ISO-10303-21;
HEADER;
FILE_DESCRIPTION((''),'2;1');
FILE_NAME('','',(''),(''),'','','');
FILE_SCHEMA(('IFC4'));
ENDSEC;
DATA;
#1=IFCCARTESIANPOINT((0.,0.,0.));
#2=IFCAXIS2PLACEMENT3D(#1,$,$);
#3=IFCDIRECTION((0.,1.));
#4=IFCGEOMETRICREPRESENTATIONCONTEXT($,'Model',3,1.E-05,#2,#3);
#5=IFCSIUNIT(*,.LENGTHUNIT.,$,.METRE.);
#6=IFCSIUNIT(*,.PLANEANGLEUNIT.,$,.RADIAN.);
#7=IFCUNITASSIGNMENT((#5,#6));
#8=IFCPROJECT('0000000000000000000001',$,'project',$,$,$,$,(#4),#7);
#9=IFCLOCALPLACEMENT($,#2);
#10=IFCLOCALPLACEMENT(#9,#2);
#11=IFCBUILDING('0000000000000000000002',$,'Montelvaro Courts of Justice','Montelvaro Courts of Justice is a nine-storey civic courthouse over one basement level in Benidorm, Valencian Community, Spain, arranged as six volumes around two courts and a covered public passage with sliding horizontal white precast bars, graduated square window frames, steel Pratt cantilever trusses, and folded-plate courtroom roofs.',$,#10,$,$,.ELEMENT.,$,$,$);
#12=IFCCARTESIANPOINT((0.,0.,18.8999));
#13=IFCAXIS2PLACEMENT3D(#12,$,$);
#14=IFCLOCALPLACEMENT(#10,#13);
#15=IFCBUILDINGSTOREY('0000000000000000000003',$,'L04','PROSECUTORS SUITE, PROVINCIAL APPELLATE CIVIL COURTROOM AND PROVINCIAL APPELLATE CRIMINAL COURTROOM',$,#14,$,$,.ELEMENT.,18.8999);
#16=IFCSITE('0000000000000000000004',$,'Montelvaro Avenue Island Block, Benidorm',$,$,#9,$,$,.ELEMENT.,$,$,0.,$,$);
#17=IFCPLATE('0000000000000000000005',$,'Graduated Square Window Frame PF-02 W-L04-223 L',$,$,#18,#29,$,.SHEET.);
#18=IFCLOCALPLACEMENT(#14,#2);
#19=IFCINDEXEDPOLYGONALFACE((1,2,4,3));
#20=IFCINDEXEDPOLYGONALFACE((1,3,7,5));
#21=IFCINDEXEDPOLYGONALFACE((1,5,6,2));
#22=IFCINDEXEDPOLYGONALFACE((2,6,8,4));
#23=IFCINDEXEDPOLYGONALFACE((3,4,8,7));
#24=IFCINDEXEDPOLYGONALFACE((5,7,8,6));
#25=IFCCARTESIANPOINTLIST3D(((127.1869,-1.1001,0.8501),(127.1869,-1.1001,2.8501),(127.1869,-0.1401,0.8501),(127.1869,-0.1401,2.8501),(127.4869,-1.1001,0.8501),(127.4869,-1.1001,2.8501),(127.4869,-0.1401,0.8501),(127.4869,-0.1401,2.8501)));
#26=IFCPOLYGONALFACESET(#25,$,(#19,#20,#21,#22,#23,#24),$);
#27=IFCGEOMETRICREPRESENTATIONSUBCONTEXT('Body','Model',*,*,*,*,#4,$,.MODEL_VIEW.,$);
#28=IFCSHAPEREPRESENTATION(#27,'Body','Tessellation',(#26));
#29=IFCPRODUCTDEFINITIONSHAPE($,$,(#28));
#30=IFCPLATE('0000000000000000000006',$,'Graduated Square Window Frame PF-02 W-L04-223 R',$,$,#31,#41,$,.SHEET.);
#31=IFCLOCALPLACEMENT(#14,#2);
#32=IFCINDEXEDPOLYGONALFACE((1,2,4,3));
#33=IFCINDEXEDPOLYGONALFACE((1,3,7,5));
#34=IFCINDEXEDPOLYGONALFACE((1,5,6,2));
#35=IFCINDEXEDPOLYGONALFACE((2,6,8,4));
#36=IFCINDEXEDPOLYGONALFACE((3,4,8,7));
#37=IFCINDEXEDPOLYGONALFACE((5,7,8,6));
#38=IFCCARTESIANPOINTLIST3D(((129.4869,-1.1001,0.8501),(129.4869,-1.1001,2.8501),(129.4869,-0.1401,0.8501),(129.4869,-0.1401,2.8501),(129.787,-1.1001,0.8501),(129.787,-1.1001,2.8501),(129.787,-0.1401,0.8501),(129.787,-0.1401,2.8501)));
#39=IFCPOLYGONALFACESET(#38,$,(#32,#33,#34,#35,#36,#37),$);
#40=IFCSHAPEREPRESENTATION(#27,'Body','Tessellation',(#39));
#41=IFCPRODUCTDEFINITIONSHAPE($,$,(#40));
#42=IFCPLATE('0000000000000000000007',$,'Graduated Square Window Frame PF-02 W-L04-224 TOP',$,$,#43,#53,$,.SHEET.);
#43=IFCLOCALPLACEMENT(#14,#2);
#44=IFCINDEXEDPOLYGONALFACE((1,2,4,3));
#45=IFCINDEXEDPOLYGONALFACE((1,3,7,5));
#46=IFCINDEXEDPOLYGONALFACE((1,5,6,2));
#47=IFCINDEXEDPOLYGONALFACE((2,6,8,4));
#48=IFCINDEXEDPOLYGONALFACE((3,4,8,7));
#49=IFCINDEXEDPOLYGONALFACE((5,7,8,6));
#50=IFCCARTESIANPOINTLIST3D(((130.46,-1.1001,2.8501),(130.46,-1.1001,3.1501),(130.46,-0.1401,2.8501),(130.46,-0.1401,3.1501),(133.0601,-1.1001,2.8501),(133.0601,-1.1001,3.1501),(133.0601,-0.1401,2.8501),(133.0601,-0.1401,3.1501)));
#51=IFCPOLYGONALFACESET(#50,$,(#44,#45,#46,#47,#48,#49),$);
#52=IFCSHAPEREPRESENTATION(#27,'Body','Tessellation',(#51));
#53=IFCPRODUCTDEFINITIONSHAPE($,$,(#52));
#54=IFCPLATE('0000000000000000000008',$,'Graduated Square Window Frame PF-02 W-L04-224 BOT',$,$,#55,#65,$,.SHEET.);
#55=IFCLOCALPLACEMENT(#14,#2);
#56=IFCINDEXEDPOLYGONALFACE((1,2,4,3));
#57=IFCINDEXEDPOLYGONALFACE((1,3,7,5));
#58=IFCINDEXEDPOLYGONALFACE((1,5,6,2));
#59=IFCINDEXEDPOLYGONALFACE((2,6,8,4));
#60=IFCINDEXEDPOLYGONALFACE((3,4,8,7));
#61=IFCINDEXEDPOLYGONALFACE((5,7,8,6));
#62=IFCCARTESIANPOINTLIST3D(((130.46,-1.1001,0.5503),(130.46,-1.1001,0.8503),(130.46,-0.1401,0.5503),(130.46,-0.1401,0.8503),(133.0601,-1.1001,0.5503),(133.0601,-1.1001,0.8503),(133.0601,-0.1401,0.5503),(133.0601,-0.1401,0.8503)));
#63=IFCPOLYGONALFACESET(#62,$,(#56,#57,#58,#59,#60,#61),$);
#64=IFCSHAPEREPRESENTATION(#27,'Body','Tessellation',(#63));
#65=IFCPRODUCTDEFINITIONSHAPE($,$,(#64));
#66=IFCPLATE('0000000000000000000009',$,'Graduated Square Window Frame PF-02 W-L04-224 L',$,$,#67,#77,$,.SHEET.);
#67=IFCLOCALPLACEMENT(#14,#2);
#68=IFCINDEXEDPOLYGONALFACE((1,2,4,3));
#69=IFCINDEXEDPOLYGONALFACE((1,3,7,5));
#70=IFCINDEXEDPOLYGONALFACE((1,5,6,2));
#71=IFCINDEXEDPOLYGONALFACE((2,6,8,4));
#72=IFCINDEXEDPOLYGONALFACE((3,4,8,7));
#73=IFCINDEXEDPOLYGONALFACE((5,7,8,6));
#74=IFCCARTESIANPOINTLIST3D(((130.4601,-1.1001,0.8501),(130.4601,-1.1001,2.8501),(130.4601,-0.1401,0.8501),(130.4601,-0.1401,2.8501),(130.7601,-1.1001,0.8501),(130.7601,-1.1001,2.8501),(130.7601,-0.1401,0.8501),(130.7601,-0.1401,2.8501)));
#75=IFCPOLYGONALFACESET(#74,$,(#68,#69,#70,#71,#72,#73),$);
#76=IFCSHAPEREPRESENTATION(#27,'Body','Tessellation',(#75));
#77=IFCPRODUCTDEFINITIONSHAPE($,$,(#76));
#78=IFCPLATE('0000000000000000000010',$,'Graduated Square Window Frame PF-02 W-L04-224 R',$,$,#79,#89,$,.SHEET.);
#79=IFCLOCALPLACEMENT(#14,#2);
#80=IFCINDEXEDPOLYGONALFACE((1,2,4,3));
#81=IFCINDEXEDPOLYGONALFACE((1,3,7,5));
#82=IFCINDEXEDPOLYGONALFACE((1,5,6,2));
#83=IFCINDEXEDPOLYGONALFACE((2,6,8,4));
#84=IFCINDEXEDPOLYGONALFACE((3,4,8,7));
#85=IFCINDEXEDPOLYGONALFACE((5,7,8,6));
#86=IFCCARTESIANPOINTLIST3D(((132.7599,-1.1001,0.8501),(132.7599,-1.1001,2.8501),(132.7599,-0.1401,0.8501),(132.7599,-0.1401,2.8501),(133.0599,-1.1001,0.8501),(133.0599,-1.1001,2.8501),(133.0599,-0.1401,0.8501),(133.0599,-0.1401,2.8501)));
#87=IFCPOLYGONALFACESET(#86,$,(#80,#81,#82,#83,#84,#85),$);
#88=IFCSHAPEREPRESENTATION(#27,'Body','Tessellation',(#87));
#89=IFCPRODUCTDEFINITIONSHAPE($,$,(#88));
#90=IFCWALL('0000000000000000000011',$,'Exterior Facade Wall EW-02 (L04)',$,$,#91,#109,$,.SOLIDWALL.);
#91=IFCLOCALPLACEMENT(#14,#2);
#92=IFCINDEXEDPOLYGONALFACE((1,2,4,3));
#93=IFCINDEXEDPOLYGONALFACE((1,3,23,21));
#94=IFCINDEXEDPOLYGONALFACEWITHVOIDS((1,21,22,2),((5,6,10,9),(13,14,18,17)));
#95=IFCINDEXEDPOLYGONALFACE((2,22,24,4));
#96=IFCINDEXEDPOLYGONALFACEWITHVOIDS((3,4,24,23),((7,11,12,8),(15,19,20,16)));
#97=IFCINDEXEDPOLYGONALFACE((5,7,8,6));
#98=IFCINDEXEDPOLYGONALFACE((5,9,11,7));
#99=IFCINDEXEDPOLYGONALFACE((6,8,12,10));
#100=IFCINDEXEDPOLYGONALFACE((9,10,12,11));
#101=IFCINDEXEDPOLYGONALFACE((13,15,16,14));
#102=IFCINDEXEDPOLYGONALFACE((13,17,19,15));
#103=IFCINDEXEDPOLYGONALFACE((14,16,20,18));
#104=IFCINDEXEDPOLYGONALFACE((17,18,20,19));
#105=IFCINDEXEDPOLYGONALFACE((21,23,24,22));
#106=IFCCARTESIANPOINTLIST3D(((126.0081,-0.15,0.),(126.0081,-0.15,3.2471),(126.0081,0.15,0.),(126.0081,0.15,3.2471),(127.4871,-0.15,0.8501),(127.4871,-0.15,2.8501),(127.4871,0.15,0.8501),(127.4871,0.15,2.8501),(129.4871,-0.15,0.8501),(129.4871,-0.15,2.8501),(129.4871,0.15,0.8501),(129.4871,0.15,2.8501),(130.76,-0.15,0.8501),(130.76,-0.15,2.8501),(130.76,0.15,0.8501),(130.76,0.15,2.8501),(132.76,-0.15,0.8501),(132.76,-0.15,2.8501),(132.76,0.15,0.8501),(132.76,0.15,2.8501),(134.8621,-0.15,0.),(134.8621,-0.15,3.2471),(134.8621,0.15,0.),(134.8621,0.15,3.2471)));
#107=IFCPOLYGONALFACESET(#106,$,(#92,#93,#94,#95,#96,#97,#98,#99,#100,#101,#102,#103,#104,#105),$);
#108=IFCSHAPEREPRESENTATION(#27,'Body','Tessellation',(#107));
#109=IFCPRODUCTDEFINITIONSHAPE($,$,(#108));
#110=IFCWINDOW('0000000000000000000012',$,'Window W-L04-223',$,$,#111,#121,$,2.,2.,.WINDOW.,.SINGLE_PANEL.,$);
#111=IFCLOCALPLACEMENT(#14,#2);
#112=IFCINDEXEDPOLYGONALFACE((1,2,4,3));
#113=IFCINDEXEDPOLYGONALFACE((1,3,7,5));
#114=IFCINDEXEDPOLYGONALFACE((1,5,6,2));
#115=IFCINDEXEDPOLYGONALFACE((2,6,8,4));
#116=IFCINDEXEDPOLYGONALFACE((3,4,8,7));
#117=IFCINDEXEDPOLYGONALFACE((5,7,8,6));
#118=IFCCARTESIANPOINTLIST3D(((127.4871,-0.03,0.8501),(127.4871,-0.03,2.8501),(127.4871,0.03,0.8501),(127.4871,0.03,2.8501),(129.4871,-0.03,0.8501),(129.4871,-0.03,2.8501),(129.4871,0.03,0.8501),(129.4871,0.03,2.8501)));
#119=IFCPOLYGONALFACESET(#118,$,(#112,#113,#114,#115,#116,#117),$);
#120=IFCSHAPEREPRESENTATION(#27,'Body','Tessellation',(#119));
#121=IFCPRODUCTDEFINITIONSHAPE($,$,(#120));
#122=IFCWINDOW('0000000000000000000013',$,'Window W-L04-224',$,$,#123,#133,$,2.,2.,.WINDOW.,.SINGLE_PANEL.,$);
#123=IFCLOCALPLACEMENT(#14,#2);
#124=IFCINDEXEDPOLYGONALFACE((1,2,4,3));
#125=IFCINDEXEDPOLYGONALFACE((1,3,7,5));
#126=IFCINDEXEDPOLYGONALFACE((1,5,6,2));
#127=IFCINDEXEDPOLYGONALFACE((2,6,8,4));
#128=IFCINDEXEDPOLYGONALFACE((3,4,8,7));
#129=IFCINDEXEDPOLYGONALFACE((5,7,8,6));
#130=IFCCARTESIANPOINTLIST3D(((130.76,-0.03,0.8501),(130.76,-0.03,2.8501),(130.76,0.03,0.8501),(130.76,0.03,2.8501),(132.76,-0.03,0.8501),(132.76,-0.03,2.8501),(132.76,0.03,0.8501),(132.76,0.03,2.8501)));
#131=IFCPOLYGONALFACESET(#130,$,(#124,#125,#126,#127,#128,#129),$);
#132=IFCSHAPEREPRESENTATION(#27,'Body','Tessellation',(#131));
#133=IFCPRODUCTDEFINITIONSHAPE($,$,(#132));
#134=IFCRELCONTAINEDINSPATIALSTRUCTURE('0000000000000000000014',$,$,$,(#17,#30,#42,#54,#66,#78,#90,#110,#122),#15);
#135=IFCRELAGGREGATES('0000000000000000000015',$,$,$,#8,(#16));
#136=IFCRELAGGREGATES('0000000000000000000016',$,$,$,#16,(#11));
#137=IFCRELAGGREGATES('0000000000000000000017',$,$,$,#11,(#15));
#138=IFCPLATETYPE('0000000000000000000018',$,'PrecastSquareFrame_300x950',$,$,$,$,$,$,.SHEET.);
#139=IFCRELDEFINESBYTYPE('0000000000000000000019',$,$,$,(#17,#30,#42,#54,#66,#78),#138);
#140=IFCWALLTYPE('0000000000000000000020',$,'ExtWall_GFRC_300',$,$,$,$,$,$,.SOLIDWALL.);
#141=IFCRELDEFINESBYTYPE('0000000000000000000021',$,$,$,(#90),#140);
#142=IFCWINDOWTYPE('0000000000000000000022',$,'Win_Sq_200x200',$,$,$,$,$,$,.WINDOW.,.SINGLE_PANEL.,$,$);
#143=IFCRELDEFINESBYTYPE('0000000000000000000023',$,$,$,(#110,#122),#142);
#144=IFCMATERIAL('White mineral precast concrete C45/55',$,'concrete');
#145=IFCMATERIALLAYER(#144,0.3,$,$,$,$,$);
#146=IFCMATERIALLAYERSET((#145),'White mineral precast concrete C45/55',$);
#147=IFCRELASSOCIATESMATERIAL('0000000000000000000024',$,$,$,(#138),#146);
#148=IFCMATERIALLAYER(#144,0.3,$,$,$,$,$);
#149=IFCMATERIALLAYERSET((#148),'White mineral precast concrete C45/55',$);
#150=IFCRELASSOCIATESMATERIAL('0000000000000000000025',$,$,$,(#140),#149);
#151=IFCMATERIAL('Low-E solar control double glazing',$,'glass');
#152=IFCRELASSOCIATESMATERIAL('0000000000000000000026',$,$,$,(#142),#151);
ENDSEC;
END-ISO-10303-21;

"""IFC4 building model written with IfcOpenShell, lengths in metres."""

from ifc_helpers import new_model, si_unit, direction, frame, frame_2d, origin, origin_2d, place, context, subcontext, project, spatial, rectangle, extrude, material, layer, layer_set, type_object, element, fill, save


model = new_model("IFC4")

# Units and contexts
model_context = context("Model", 3, precision=1e-05, world=origin(), true_north=direction((0.0, 1.0)))
body_context = subcontext(model_context, "Body", "Model", "MODEL_VIEW")
ifc_project = project(units=[si_unit("LENGTHUNIT", "METRE"), si_unit("PLANEANGLEUNIT", "RADIAN")], contexts=[model_context])

# Site, building, storey
site_placement = place(None, origin())
site = spatial("IfcSite", under=ifc_project, at=site_placement, Name="Montelvaro Avenue Island Block, Benidorm", CompositionType="ELEMENT", RefElevation=0.0)
building_placement = place(site_placement, origin())
building = spatial("IfcBuilding", under=site, at=building_placement, Name="Montelvaro Courts of Justice", Description="Montelvaro Courts of Justice is a nine-storey civic courthouse over one basement level in Benidorm, Valencian Community, Spain, arranged as six volumes around two courts and a covered public passage with sliding horizontal white precast bars, graduated square window frames, steel Pratt cantilever trusses, and folded-plate courtroom roofs.", CompositionType="ELEMENT")
storey_placement = place(building_placement, frame((0.0, 0.0, 18.8999)))
storey = spatial("IfcBuildingStorey", under=building, at=storey_placement, Name="L04", Description="PROSECUTORS SUITE, PROVINCIAL APPELLATE CIVIL COURTROOM AND PROVINCIAL APPELLATE CRIMINAL COURTROOM", CompositionType="ELEMENT", Elevation=18.8999)

# Plates
ifc_material_1 = material(Name="White mineral precast concrete C45/55", Category="concrete")
ifc_layer_1 = layer(ifc_material_1, 0.3)
ifc_layer_set_1 = layer_set([ifc_layer_1], Name="White mineral precast concrete C45/55")
plate_type_1 = type_object("IfcPlateType", Name="PrecastSquareFrame_300x950", PredefinedType="SHEET", material=ifc_layer_set_1)
for number, where, z_axis, x_axis, name in (
    (1, (127.3369, -0.6201, 0.8501), (0.0, 0.0, 1.0), (1.0, 0.0, 0.0), "Graduated Square Window Frame PF-02 W-L04-223 L"),
    (2, (129.637, -0.6201, 0.8501), (0.0, 0.0, 1.0), (1.0, 0.0, 0.0), "Graduated Square Window Frame PF-02 W-L04-223 R"),
):
    element("IfcPlate", number, at=place(storey_placement, frame(where, z_axis=z_axis, x_axis=x_axis)), inside=storey, type_object=plate_type_1, Name=name, PredefinedType="SHEET", context=body_context, shape_type="SweptSolid", body=[
        extrude(rectangle(XDim=0.3, YDim=0.96, at=origin_2d()), origin(), (0.0, 0.0, 1.0), 2.0),
    ])
for number, where, z_axis, x_axis, name in (
    (3, (131.76, -0.6201, 2.8501), (0.0, 0.0, 1.0), (1.0, 0.0, 0.0), "Graduated Square Window Frame PF-02 W-L04-224 TOP"),
    (4, (131.76, -0.6201, 0.5503), (0.0, 0.0, 1.0), (1.0, 0.0, 0.0), "Graduated Square Window Frame PF-02 W-L04-224 BOT"),
):
    element("IfcPlate", number, at=place(storey_placement, frame(where, z_axis=z_axis, x_axis=x_axis)), inside=storey, type_object=plate_type_1, Name=name, PredefinedType="SHEET", context=body_context, shape_type="SweptSolid", body=[
        extrude(rectangle(XDim=2.6001, YDim=0.96, at=origin_2d()), origin(), (0.0, 0.0, 1.0), 0.3),
    ])
for number, where, z_axis, x_axis, name in (
    (5, (130.6101, -0.6201, 0.8501), (0.0, 0.0, 1.0), (1.0, 0.0, 0.0), "Graduated Square Window Frame PF-02 W-L04-224 L"),
    (6, (132.9099, -0.6201, 0.8501), (0.0, 0.0, 1.0), (1.0, 0.0, 0.0), "Graduated Square Window Frame PF-02 W-L04-224 R"),
):
    element("IfcPlate", number, at=place(storey_placement, frame(where, z_axis=z_axis, x_axis=x_axis)), inside=storey, type_object=plate_type_1, Name=name, PredefinedType="SHEET", context=body_context, shape_type="SweptSolid", body=[
        extrude(rectangle(XDim=0.3, YDim=0.96, at=origin_2d()), origin(), (0.0, 0.0, 1.0), 2.0),
    ])

# Wall, openings, windows
ifc_layer_2 = layer(ifc_material_1, 0.3)
ifc_layer_set_2 = layer_set([ifc_layer_2], Name="White mineral precast concrete C45/55")
wall_type = type_object("IfcWallType", Name="ExtWall_GFRC_300", PredefinedType="SOLIDWALL", material=ifc_layer_set_2)
wall_placement = place(storey_placement, frame((126.0081, 0.0, 0.0), z_axis=(0.0, 0.0, 1.0), x_axis=(1.0, 0.0, 0.0)))
wall = element("IfcWall", 7, at=wall_placement, inside=storey, type_object=wall_type, Name="Exterior Facade Wall EW-02 (L04)", PredefinedType="SOLIDWALL", context=body_context, shape_type="SweptSolid", body=[
    extrude(rectangle(XDim=8.854, YDim=0.3, at=frame_2d((4.427, 0.0))), origin(), (0.0, 0.0, 1.0), 3.2471),
])
opening_1_placement = place(wall_placement, frame((1.479, 0.0, 0.8501)))
opening_1 = element("IfcOpeningElement", 8, at=opening_1_placement, cuts=wall, PredefinedType="OPENING", context=body_context, shape_type="SweptSolid", body=[
    extrude(rectangle(XDim=2.0, YDim=2.0, at=frame_2d((1.0, 1.0))), frame((0.0, 0.165, 0.0), z_axis=(0.0, -1.0, 0.0), x_axis=(1.0, 0.0, 0.0)), (0.0, 0.0, 1.0), 0.3298),
])
opening_2_placement = place(wall_placement, frame((4.752, 0.0, 0.8501)))
opening_2 = element("IfcOpeningElement", 9, at=opening_2_placement, cuts=wall, PredefinedType="OPENING", context=body_context, shape_type="SweptSolid", body=[
    extrude(rectangle(XDim=2.0, YDim=2.0, at=frame_2d((1.0, 1.0))), frame((0.0, 0.165, 0.0), z_axis=(0.0, -1.0, 0.0), x_axis=(1.0, 0.0, 0.0)), (0.0, 0.0, 1.0), 0.3298),
])
ifc_material_2 = material(Name="Low-E solar control double glazing", Category="glass")
window_type = type_object("IfcWindowType", Name="Win_Sq_200x200", PartitioningType="SINGLE_PANEL", PredefinedType="WINDOW", material=ifc_material_2)
window_1_placement = place(opening_1_placement, origin())
window_1 = element("IfcWindow", 10, at=window_1_placement, inside=storey, type_object=window_type, Name="Window W-L04-223", OverallHeight=2.0, OverallWidth=2.0, PartitioningType="SINGLE_PANEL", PredefinedType="WINDOW", context=body_context, shape_type="SweptSolid", body=[
    extrude(rectangle(XDim=2.0, YDim=2.0, at=frame_2d((1.0, 1.0))), frame((0.0, 0.03, 0.0), z_axis=(0.0, -1.0, 0.0), x_axis=(1.0, 0.0, 0.0)), (0.0, 0.0, 1.0), 0.0601),
])
fill(opening_1, window_1)
window_2_placement = place(opening_2_placement, origin())
window_2 = element("IfcWindow", 11, at=window_2_placement, inside=storey, type_object=window_type, Name="Window W-L04-224", OverallHeight=2.0, OverallWidth=2.0, PartitioningType="SINGLE_PANEL", PredefinedType="WINDOW", context=body_context, shape_type="SweptSolid", body=[
    extrude(rectangle(XDim=2.0, YDim=2.0, at=frame_2d((1.0, 1.0))), frame((0.0, 0.03, 0.0), z_axis=(0.0, -1.0, 0.0), x_axis=(1.0, 0.0, 0.0)), (0.0, 0.0, 1.0), 0.0601),
])
fill(opening_2, window_2)

save(model, "model.ifc")
